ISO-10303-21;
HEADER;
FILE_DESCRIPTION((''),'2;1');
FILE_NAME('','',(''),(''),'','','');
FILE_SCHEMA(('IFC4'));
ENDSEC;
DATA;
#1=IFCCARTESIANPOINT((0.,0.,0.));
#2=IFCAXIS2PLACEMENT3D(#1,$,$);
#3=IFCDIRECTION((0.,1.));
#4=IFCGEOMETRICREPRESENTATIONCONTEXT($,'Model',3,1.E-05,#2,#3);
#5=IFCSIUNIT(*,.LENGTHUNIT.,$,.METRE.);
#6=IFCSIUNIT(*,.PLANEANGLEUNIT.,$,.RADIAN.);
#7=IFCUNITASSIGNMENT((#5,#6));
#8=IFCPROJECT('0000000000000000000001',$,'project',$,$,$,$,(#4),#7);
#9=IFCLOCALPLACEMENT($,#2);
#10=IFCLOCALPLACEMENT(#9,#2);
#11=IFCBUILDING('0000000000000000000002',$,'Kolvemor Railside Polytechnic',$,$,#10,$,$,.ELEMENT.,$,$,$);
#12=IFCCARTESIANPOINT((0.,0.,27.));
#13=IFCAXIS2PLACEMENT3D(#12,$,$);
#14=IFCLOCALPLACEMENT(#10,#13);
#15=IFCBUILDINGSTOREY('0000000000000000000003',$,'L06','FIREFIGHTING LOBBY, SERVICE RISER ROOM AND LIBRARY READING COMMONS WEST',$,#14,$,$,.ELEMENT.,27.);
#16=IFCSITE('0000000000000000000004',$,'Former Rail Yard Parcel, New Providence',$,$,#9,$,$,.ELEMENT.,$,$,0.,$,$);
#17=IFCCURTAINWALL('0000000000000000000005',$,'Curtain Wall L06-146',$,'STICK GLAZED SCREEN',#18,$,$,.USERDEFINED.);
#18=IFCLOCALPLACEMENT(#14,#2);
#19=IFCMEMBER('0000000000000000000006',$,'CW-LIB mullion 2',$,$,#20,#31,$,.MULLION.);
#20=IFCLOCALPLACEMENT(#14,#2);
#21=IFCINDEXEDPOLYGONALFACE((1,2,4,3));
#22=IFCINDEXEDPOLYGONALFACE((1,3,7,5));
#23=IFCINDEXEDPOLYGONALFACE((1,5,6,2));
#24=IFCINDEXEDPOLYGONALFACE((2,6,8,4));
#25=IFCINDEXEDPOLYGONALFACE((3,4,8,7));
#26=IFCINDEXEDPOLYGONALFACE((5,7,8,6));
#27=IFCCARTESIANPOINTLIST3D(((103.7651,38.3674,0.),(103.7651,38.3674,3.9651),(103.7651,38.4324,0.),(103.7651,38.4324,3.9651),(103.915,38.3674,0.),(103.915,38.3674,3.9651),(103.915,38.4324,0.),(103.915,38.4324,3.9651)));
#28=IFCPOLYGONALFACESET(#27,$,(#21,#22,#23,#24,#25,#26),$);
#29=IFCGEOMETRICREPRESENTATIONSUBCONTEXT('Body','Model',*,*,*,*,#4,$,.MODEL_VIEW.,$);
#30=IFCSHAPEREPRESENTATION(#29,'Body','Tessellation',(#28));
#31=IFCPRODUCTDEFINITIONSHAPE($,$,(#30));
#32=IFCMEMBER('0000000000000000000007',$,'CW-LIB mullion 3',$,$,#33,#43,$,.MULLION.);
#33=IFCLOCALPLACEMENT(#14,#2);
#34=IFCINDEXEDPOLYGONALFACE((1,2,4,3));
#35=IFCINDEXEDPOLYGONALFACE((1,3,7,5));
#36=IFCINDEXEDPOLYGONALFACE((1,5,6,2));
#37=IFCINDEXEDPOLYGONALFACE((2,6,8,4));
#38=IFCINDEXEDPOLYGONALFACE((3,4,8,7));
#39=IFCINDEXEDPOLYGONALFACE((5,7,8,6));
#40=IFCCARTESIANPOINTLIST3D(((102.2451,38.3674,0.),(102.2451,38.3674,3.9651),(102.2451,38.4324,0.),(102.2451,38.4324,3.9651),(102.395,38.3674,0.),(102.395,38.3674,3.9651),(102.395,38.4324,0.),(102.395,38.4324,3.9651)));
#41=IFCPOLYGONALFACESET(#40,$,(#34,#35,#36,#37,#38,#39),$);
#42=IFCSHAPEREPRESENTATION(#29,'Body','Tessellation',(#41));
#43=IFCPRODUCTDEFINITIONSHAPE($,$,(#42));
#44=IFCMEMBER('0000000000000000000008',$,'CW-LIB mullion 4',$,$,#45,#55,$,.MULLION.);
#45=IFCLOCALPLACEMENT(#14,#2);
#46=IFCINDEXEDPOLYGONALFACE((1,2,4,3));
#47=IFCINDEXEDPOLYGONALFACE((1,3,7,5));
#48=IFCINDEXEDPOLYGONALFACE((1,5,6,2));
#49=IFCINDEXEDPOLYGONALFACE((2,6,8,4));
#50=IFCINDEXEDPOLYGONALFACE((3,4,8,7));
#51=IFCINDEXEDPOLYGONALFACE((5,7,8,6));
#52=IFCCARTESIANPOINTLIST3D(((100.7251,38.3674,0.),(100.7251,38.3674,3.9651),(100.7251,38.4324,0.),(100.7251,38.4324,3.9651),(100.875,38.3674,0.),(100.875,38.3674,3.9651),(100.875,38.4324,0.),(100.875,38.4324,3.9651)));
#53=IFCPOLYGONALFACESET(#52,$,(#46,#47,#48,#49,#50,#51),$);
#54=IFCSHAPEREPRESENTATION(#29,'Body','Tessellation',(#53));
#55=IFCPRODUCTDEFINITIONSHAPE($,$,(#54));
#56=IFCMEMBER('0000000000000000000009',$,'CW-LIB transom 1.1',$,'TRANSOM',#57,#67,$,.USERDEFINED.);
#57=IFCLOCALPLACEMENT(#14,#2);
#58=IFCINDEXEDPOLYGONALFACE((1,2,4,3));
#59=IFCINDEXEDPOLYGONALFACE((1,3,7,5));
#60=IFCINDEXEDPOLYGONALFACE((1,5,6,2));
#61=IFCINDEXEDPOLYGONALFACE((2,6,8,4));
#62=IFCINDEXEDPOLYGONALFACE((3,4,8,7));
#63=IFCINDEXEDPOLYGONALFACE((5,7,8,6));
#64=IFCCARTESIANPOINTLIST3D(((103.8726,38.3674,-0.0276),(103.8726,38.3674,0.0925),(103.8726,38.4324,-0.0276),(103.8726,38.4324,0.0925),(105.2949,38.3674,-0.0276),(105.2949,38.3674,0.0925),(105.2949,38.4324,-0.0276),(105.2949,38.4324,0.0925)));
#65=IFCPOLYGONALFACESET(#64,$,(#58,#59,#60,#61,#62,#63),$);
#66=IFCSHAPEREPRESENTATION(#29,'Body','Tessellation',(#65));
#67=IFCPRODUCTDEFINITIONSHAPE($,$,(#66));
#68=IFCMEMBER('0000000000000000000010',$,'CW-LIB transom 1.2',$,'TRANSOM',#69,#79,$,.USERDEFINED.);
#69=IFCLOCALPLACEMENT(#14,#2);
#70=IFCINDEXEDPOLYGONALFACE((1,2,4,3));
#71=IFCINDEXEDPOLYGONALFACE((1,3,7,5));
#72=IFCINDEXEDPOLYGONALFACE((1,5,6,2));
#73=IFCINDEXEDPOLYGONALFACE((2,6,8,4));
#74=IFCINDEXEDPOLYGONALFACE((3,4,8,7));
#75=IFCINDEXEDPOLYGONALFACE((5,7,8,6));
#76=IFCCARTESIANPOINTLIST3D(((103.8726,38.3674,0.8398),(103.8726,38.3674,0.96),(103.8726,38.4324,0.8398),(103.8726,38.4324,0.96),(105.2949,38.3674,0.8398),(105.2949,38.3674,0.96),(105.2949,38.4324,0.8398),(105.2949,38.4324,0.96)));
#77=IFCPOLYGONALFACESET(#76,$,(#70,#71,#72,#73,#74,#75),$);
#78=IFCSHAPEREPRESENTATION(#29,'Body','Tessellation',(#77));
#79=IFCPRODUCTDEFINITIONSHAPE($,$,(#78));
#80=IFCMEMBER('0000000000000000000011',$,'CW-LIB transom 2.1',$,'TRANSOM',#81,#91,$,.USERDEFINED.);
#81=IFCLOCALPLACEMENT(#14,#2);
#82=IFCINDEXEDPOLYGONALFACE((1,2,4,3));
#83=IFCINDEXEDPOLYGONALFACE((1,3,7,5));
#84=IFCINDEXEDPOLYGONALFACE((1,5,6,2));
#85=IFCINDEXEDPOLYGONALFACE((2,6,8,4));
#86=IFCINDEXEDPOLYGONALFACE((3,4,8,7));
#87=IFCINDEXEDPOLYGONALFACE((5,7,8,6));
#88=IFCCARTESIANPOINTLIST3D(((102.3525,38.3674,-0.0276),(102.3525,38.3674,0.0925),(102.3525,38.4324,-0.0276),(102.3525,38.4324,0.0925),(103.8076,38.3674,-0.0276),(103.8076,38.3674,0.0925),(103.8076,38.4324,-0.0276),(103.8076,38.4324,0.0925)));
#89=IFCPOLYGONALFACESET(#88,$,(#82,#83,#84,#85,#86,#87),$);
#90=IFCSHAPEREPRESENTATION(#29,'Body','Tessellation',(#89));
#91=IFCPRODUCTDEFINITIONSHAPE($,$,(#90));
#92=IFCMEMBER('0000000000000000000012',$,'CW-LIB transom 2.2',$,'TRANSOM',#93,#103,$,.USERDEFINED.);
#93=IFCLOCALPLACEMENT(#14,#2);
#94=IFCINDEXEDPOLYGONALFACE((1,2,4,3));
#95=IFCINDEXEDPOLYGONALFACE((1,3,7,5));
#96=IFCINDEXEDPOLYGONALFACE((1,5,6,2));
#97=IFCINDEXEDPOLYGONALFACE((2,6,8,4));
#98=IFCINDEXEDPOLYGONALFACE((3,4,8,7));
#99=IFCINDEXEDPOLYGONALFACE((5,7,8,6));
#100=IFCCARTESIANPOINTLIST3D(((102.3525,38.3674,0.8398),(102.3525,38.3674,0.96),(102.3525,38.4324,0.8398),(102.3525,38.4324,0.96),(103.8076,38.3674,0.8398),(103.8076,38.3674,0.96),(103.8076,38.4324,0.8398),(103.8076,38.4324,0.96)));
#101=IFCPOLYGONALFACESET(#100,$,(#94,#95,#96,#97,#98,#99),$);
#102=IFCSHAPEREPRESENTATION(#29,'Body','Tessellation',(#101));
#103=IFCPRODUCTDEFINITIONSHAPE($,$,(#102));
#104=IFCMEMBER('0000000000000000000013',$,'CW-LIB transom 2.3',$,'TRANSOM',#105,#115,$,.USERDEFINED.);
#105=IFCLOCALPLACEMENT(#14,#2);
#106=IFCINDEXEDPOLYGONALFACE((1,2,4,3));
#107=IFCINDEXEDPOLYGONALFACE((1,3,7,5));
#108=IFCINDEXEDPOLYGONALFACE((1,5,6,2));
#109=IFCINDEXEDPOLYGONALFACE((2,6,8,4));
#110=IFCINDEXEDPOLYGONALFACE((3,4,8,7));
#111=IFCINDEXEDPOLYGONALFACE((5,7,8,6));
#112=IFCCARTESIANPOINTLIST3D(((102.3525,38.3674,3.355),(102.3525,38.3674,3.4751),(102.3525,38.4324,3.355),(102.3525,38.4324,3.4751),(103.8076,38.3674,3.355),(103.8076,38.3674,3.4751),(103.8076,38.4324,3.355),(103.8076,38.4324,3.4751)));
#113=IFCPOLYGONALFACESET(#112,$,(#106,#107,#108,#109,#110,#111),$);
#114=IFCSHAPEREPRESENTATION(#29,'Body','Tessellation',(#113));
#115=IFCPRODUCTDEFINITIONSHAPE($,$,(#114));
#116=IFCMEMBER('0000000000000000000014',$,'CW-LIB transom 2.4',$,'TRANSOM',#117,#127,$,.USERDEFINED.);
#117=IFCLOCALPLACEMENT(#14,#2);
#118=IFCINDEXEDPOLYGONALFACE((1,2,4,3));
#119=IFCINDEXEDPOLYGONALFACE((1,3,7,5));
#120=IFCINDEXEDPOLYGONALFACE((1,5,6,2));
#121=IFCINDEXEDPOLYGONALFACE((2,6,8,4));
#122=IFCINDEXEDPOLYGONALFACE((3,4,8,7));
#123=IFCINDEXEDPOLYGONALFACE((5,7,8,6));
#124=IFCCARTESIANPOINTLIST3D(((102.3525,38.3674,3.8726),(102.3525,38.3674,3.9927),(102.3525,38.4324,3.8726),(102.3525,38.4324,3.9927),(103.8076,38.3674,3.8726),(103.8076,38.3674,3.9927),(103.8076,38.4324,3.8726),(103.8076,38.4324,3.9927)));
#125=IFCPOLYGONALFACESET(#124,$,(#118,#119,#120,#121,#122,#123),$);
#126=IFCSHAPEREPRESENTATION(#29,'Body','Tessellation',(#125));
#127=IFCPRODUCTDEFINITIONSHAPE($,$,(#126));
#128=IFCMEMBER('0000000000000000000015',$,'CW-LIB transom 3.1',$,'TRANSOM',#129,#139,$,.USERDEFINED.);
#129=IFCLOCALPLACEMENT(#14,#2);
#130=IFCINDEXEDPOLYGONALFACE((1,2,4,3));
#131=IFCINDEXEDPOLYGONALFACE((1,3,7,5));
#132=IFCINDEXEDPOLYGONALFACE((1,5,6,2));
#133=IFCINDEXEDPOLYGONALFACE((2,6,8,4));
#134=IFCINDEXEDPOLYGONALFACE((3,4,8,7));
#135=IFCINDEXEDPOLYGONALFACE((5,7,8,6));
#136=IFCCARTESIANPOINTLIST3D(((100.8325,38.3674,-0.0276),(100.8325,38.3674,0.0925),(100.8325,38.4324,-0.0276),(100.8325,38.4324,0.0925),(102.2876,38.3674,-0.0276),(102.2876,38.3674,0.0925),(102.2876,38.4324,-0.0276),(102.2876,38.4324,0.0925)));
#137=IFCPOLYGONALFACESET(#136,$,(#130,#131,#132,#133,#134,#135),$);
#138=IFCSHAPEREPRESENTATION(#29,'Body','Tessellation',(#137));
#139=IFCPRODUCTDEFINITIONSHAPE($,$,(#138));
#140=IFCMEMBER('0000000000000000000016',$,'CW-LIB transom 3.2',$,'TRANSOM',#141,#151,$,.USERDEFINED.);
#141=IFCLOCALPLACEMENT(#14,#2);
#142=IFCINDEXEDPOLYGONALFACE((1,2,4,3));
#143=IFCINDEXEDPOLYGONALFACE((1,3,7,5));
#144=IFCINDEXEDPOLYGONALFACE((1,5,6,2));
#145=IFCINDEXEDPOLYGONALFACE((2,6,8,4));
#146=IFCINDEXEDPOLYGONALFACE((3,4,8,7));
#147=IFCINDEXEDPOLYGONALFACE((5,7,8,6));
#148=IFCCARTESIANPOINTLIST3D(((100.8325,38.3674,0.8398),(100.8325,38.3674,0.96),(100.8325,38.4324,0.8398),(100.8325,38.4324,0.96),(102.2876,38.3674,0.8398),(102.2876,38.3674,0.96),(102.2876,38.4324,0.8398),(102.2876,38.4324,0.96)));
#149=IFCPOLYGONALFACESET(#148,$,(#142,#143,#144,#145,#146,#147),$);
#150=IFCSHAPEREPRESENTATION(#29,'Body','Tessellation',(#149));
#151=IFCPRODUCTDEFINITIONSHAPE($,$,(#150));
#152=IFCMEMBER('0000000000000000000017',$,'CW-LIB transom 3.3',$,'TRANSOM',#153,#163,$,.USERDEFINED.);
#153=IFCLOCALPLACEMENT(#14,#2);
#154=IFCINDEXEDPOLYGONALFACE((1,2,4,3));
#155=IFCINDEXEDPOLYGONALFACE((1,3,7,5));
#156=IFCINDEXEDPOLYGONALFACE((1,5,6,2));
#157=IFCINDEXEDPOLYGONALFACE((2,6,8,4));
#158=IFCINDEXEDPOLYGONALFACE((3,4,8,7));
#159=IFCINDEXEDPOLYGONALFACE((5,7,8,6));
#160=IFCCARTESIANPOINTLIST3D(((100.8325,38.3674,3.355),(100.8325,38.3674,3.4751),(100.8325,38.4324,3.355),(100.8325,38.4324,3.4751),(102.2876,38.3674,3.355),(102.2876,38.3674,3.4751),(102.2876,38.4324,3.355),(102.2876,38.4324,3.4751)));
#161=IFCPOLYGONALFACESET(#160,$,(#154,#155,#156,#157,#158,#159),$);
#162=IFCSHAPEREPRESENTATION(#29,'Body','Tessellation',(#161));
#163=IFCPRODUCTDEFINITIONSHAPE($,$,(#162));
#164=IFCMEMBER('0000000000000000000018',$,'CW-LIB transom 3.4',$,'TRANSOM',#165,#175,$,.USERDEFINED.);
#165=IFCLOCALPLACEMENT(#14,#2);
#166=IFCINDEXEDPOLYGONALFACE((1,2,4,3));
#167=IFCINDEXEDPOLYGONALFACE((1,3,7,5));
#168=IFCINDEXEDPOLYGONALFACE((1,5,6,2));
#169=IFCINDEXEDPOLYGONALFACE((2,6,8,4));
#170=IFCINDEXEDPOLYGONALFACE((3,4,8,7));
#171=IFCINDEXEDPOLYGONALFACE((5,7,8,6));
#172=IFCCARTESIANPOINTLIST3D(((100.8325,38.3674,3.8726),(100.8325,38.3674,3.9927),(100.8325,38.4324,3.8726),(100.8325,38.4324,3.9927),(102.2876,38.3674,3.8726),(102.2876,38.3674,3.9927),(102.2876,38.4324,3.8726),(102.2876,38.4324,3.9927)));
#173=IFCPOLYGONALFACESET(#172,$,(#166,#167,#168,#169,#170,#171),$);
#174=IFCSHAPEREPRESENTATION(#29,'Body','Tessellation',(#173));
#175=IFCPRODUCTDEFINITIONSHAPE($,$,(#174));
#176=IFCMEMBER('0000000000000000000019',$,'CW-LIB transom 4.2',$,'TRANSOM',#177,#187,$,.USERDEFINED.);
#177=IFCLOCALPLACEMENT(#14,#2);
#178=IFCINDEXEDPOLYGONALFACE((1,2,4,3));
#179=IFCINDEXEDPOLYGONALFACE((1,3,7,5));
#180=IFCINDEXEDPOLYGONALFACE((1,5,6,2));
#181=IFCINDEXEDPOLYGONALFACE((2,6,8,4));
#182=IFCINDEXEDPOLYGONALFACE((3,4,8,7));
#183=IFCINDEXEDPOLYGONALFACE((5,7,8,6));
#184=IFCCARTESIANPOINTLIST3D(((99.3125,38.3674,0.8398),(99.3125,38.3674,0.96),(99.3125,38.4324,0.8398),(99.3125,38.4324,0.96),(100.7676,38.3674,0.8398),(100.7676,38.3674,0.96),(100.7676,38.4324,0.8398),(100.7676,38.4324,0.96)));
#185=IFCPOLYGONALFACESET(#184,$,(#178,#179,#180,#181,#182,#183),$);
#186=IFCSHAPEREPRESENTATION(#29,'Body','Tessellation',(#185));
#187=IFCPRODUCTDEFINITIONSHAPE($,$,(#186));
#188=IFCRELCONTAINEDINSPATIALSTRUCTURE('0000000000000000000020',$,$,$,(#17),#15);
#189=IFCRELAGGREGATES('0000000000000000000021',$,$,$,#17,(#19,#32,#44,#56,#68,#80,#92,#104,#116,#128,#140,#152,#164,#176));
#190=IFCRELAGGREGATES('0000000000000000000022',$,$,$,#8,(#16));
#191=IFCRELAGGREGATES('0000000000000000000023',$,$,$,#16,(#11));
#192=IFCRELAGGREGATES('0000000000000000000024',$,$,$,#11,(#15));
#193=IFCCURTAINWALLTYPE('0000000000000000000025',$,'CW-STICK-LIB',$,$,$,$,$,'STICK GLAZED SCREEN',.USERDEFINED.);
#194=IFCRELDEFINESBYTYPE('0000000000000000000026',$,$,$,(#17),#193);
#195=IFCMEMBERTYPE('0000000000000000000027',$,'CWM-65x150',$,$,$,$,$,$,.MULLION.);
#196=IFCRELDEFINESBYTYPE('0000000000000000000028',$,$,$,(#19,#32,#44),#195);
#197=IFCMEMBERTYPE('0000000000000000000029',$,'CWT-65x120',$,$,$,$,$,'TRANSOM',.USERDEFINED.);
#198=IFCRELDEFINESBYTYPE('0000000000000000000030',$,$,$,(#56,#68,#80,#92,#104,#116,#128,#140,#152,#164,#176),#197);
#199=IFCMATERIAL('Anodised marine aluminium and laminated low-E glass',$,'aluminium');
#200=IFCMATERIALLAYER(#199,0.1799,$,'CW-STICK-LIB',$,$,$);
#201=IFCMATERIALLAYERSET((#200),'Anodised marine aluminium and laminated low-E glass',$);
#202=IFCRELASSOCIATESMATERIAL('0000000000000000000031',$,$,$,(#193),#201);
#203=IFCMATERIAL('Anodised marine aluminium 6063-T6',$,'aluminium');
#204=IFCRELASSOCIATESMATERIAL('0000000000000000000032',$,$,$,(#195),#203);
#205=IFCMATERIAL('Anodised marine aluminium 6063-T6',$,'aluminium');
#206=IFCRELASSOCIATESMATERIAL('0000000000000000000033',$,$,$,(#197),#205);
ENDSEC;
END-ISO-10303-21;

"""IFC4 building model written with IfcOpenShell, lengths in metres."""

from ifc_helpers import new_model, si_unit, direction, frame, origin, origin_2d, place, context, subcontext, project, spatial, rectangle, extrude, material, layer, layer_set, material_profile, profile_set, type_object, element, aggregate, save


model = new_model("IFC4")

# Units and contexts
model_context = context("Model", 3, precision=1e-05, world=origin(), true_north=direction((0.0, 1.0)))
body_context = subcontext(model_context, "Body", "Model", "MODEL_VIEW")
ifc_project = project(units=[si_unit("LENGTHUNIT", "METRE"), si_unit("PLANEANGLEUNIT", "RADIAN")], contexts=[model_context])

# Site, building, storey
site_placement = place(None, origin())
site = spatial("IfcSite", under=ifc_project, at=site_placement, Name="Former Rail Yard Parcel, New Providence", CompositionType="ELEMENT", RefElevation=0.0)
building_placement = place(site_placement, origin())
building = spatial("IfcBuilding", under=site, at=building_placement, Name="Kolvemor Railside Polytechnic", CompositionType="ELEMENT")
storey_placement = place(building_placement, frame((0.0, 0.0, 27.0)))
storey = spatial("IfcBuildingStorey", under=building, at=storey_placement, Name="L06", Description="FIREFIGHTING LOBBY, SERVICE RISER ROOM AND LIBRARY READING COMMONS WEST", CompositionType="ELEMENT", Elevation=27.0)

# Curtain wall, members
ifc_material_1 = material(Name="Anodised marine aluminium and laminated low-E glass", Category="aluminium")
ifc_layer_1 = layer(ifc_material_1, 0.1799, Name="CW-STICK-LIB")
ifc_layer_set_1 = layer_set([ifc_layer_1], Name="Anodised marine aluminium and laminated low-E glass")
curtain_wall_type = type_object("IfcCurtainWallType", Name="CW-STICK-LIB", ElementType="STICK GLAZED SCREEN", PredefinedType="USERDEFINED", material=ifc_layer_set_1)
curtain_wall_placement = place(storey_placement, origin())
curtain_wall = element("IfcCurtainWall", 1, at=curtain_wall_placement, inside=storey, type_object=curtain_wall_type, Name="Curtain Wall L06-146", ObjectType="STICK GLAZED SCREEN", PredefinedType="USERDEFINED")
ifc_material_2 = material(Name="Anodised marine aluminium 6063-T6", Category="aluminium")
ifc_material_profile_1 = material_profile(ifc_material_2, rectangle(XDim=0.0649, YDim=0.1499, at=origin_2d()), Name="CW-MUL-65x150")
ifc_profile_set_1 = profile_set([ifc_material_profile_1], Name="Anodised marine aluminium 6063-T6")
member_type_1 = type_object("IfcMemberType", Name="CWM-65x150", PredefinedType="MULLION", material=ifc_profile_set_1)
member_1_placement = place(storey_placement, frame((103.8401, 38.3999, 0.0), z_axis=(0.0, 0.0, 1.0), x_axis=(0.0, -1.0, 0.0)))
member_1 = element("IfcMember", 2, at=member_1_placement, type_object=member_type_1, Name="CW-LIB mullion 2", PredefinedType="MULLION", context=body_context, shape_type="SweptSolid", body=[
    extrude(rectangle(XDim=0.0649, YDim=0.1499, at=origin_2d()), origin(), (0.0, 0.0, 1.0), 3.9651),
])
member_2_placement = place(storey_placement, frame((102.3201, 38.3999, 0.0), z_axis=(0.0, 0.0, 1.0), x_axis=(0.0, -1.0, 0.0)))
member_2 = element("IfcMember", 3, at=member_2_placement, type_object=member_type_1, Name="CW-LIB mullion 3", PredefinedType="MULLION", context=body_context, shape_type="SweptSolid", body=[
    extrude(rectangle(XDim=0.0649, YDim=0.1499, at=origin_2d()), origin(), (0.0, 0.0, 1.0), 3.9651),
])
member_3_placement = place(storey_placement, frame((100.8, 38.3999, 0.0), z_axis=(0.0, 0.0, 1.0), x_axis=(0.0, -1.0, 0.0)))
member_3 = element("IfcMember", 4, at=member_3_placement, type_object=member_type_1, Name="CW-LIB mullion 4", PredefinedType="MULLION", context=body_context, shape_type="SweptSolid", body=[
    extrude(rectangle(XDim=0.0649, YDim=0.1499, at=origin_2d()), origin(), (0.0, 0.0, 1.0), 3.9651),
])
ifc_material_3 = material(Name="Anodised marine aluminium 6063-T6", Category="aluminium")
ifc_material_profile_2 = material_profile(ifc_material_3, rectangle(XDim=0.0649, YDim=0.1201, at=origin_2d()), Name="CW-TRN-65x120")
ifc_profile_set_2 = profile_set([ifc_material_profile_2], Name="Anodised marine aluminium 6063-T6")
member_type_2 = type_object("IfcMemberType", Name="CWT-65x120", ElementType="TRANSOM", PredefinedType="USERDEFINED", material=ifc_profile_set_2)
member_4_placement = place(storey_placement, frame((105.2949, 38.3999, 0.0325), z_axis=(-1.0, 0.0, 0.0), x_axis=(0.0, -1.0, 0.0)))
member_4 = element("IfcMember", 5, at=member_4_placement, type_object=member_type_2, Name="CW-LIB transom 1.1", ObjectType="TRANSOM", PredefinedType="USERDEFINED", context=body_context, shape_type="SweptSolid", body=[
    extrude(rectangle(XDim=0.0649, YDim=0.1201, at=origin_2d()), origin(), (0.0, 0.0, 1.0), 1.4224),
])
member_5_placement = place(storey_placement, frame((105.2949, 38.3999, 0.8999), z_axis=(-1.0, 0.0, 0.0), x_axis=(0.0, -1.0, 0.0)))
member_5 = element("IfcMember", 6, at=member_5_placement, type_object=member_type_2, Name="CW-LIB transom 1.2", ObjectType="TRANSOM", PredefinedType="USERDEFINED", context=body_context, shape_type="SweptSolid", body=[
    extrude(rectangle(XDim=0.0649, YDim=0.1201, at=origin_2d()), origin(), (0.0, 0.0, 1.0), 1.4224),
])
member_6_placement = place(storey_placement, frame((103.8076, 38.3999, 0.0325), z_axis=(-1.0, 0.0, 0.0), x_axis=(0.0, -1.0, 0.0)))
member_6 = element("IfcMember", 7, at=member_6_placement, type_object=member_type_2, Name="CW-LIB transom 2.1", ObjectType="TRANSOM", PredefinedType="USERDEFINED", context=body_context, shape_type="SweptSolid", body=[
    extrude(rectangle(XDim=0.0649, YDim=0.1201, at=origin_2d()), origin(), (0.0, 0.0, 1.0), 1.4551),
])
member_7_placement = place(storey_placement, frame((103.8076, 38.3999, 0.8999), z_axis=(-1.0, 0.0, 0.0), x_axis=(0.0, -1.0, 0.0)))
member_7 = element("IfcMember", 8, at=member_7_placement, type_object=member_type_2, Name="CW-LIB transom 2.2", ObjectType="TRANSOM", PredefinedType="USERDEFINED", context=body_context, shape_type="SweptSolid", body=[
    extrude(rectangle(XDim=0.0649, YDim=0.1201, at=origin_2d()), origin(), (0.0, 0.0, 1.0), 1.4551),
])
member_8_placement = place(storey_placement, frame((103.8076, 38.3999, 3.415), z_axis=(-1.0, 0.0, 0.0), x_axis=(0.0, -1.0, 0.0)))
member_8 = element("IfcMember", 9, at=member_8_placement, type_object=member_type_2, Name="CW-LIB transom 2.3", ObjectType="TRANSOM", PredefinedType="USERDEFINED", context=body_context, shape_type="SweptSolid", body=[
    extrude(rectangle(XDim=0.0649, YDim=0.1201, at=origin_2d()), origin(), (0.0, 0.0, 1.0), 1.4551),
])
member_9_placement = place(storey_placement, frame((103.8076, 38.3999, 3.9326), z_axis=(-1.0, 0.0, 0.0), x_axis=(0.0, -1.0, 0.0)))
member_9 = element("IfcMember", 10, at=member_9_placement, type_object=member_type_2, Name="CW-LIB transom 2.4", ObjectType="TRANSOM", PredefinedType="USERDEFINED", context=body_context, shape_type="SweptSolid", body=[
    extrude(rectangle(XDim=0.0649, YDim=0.1201, at=origin_2d()), origin(), (0.0, 0.0, 1.0), 1.4551),
])
member_10_placement = place(storey_placement, frame((102.2876, 38.3999, 0.0325), z_axis=(-1.0, 0.0, 0.0), x_axis=(0.0, -1.0, 0.0)))
member_10 = element("IfcMember", 11, at=member_10_placement, type_object=member_type_2, Name="CW-LIB transom 3.1", ObjectType="TRANSOM", PredefinedType="USERDEFINED", context=body_context, shape_type="SweptSolid", body=[
    extrude(rectangle(XDim=0.0649, YDim=0.1201, at=origin_2d()), origin(), (0.0, 0.0, 1.0), 1.4551),
])
member_11_placement = place(storey_placement, frame((102.2876, 38.3999, 0.8999), z_axis=(-1.0, 0.0, 0.0), x_axis=(0.0, -1.0, 0.0)))
member_11 = element("IfcMember", 12, at=member_11_placement, type_object=member_type_2, Name="CW-LIB transom 3.2", ObjectType="TRANSOM", PredefinedType="USERDEFINED", context=body_context, shape_type="SweptSolid", body=[
    extrude(rectangle(XDim=0.0649, YDim=0.1201, at=origin_2d()), origin(), (0.0, 0.0, 1.0), 1.4551),
])
member_12_placement = place(storey_placement, frame((102.2876, 38.3999, 3.415), z_axis=(-1.0, 0.0, 0.0), x_axis=(0.0, -1.0, 0.0)))
member_12 = element("IfcMember", 13, at=member_12_placement, type_object=member_type_2, Name="CW-LIB transom 3.3", ObjectType="TRANSOM", PredefinedType="USERDEFINED", context=body_context, shape_type="SweptSolid", body=[
    extrude(rectangle(XDim=0.0649, YDim=0.1201, at=origin_2d()), origin(), (0.0, 0.0, 1.0), 1.4551),
])
member_13_placement = place(storey_placement, frame((102.2876, 38.3999, 3.9326), z_axis=(-1.0, 0.0, 0.0), x_axis=(0.0, -1.0, 0.0)))
member_13 = element("IfcMember", 14, at=member_13_placement, type_object=member_type_2, Name="CW-LIB transom 3.4", ObjectType="TRANSOM", PredefinedType="USERDEFINED", context=body_context, shape_type="SweptSolid", body=[
    extrude(rectangle(XDim=0.0649, YDim=0.1201, at=origin_2d()), origin(), (0.0, 0.0, 1.0), 1.4551),
])
member_14_placement = place(storey_placement, frame((100.7676, 38.3999, 0.8999), z_axis=(-1.0, 0.0, 0.0), x_axis=(0.0, -1.0, 0.0)))
member_14 = element("IfcMember", 15, at=member_14_placement, type_object=member_type_2, Name="CW-LIB transom 4.2", ObjectType="TRANSOM", PredefinedType="USERDEFINED", context=body_context, shape_type="SweptSolid", body=[
    extrude(rectangle(XDim=0.0649, YDim=0.1201, at=origin_2d()), origin(), (0.0, 0.0, 1.0), 1.4551),
])
aggregate(curtain_wall, [member_1, member_2, member_3, member_4, member_5, member_6, member_7, member_8, member_9, member_10, member_11, member_12, member_13, member_14])

save(model, "model.ifc")
